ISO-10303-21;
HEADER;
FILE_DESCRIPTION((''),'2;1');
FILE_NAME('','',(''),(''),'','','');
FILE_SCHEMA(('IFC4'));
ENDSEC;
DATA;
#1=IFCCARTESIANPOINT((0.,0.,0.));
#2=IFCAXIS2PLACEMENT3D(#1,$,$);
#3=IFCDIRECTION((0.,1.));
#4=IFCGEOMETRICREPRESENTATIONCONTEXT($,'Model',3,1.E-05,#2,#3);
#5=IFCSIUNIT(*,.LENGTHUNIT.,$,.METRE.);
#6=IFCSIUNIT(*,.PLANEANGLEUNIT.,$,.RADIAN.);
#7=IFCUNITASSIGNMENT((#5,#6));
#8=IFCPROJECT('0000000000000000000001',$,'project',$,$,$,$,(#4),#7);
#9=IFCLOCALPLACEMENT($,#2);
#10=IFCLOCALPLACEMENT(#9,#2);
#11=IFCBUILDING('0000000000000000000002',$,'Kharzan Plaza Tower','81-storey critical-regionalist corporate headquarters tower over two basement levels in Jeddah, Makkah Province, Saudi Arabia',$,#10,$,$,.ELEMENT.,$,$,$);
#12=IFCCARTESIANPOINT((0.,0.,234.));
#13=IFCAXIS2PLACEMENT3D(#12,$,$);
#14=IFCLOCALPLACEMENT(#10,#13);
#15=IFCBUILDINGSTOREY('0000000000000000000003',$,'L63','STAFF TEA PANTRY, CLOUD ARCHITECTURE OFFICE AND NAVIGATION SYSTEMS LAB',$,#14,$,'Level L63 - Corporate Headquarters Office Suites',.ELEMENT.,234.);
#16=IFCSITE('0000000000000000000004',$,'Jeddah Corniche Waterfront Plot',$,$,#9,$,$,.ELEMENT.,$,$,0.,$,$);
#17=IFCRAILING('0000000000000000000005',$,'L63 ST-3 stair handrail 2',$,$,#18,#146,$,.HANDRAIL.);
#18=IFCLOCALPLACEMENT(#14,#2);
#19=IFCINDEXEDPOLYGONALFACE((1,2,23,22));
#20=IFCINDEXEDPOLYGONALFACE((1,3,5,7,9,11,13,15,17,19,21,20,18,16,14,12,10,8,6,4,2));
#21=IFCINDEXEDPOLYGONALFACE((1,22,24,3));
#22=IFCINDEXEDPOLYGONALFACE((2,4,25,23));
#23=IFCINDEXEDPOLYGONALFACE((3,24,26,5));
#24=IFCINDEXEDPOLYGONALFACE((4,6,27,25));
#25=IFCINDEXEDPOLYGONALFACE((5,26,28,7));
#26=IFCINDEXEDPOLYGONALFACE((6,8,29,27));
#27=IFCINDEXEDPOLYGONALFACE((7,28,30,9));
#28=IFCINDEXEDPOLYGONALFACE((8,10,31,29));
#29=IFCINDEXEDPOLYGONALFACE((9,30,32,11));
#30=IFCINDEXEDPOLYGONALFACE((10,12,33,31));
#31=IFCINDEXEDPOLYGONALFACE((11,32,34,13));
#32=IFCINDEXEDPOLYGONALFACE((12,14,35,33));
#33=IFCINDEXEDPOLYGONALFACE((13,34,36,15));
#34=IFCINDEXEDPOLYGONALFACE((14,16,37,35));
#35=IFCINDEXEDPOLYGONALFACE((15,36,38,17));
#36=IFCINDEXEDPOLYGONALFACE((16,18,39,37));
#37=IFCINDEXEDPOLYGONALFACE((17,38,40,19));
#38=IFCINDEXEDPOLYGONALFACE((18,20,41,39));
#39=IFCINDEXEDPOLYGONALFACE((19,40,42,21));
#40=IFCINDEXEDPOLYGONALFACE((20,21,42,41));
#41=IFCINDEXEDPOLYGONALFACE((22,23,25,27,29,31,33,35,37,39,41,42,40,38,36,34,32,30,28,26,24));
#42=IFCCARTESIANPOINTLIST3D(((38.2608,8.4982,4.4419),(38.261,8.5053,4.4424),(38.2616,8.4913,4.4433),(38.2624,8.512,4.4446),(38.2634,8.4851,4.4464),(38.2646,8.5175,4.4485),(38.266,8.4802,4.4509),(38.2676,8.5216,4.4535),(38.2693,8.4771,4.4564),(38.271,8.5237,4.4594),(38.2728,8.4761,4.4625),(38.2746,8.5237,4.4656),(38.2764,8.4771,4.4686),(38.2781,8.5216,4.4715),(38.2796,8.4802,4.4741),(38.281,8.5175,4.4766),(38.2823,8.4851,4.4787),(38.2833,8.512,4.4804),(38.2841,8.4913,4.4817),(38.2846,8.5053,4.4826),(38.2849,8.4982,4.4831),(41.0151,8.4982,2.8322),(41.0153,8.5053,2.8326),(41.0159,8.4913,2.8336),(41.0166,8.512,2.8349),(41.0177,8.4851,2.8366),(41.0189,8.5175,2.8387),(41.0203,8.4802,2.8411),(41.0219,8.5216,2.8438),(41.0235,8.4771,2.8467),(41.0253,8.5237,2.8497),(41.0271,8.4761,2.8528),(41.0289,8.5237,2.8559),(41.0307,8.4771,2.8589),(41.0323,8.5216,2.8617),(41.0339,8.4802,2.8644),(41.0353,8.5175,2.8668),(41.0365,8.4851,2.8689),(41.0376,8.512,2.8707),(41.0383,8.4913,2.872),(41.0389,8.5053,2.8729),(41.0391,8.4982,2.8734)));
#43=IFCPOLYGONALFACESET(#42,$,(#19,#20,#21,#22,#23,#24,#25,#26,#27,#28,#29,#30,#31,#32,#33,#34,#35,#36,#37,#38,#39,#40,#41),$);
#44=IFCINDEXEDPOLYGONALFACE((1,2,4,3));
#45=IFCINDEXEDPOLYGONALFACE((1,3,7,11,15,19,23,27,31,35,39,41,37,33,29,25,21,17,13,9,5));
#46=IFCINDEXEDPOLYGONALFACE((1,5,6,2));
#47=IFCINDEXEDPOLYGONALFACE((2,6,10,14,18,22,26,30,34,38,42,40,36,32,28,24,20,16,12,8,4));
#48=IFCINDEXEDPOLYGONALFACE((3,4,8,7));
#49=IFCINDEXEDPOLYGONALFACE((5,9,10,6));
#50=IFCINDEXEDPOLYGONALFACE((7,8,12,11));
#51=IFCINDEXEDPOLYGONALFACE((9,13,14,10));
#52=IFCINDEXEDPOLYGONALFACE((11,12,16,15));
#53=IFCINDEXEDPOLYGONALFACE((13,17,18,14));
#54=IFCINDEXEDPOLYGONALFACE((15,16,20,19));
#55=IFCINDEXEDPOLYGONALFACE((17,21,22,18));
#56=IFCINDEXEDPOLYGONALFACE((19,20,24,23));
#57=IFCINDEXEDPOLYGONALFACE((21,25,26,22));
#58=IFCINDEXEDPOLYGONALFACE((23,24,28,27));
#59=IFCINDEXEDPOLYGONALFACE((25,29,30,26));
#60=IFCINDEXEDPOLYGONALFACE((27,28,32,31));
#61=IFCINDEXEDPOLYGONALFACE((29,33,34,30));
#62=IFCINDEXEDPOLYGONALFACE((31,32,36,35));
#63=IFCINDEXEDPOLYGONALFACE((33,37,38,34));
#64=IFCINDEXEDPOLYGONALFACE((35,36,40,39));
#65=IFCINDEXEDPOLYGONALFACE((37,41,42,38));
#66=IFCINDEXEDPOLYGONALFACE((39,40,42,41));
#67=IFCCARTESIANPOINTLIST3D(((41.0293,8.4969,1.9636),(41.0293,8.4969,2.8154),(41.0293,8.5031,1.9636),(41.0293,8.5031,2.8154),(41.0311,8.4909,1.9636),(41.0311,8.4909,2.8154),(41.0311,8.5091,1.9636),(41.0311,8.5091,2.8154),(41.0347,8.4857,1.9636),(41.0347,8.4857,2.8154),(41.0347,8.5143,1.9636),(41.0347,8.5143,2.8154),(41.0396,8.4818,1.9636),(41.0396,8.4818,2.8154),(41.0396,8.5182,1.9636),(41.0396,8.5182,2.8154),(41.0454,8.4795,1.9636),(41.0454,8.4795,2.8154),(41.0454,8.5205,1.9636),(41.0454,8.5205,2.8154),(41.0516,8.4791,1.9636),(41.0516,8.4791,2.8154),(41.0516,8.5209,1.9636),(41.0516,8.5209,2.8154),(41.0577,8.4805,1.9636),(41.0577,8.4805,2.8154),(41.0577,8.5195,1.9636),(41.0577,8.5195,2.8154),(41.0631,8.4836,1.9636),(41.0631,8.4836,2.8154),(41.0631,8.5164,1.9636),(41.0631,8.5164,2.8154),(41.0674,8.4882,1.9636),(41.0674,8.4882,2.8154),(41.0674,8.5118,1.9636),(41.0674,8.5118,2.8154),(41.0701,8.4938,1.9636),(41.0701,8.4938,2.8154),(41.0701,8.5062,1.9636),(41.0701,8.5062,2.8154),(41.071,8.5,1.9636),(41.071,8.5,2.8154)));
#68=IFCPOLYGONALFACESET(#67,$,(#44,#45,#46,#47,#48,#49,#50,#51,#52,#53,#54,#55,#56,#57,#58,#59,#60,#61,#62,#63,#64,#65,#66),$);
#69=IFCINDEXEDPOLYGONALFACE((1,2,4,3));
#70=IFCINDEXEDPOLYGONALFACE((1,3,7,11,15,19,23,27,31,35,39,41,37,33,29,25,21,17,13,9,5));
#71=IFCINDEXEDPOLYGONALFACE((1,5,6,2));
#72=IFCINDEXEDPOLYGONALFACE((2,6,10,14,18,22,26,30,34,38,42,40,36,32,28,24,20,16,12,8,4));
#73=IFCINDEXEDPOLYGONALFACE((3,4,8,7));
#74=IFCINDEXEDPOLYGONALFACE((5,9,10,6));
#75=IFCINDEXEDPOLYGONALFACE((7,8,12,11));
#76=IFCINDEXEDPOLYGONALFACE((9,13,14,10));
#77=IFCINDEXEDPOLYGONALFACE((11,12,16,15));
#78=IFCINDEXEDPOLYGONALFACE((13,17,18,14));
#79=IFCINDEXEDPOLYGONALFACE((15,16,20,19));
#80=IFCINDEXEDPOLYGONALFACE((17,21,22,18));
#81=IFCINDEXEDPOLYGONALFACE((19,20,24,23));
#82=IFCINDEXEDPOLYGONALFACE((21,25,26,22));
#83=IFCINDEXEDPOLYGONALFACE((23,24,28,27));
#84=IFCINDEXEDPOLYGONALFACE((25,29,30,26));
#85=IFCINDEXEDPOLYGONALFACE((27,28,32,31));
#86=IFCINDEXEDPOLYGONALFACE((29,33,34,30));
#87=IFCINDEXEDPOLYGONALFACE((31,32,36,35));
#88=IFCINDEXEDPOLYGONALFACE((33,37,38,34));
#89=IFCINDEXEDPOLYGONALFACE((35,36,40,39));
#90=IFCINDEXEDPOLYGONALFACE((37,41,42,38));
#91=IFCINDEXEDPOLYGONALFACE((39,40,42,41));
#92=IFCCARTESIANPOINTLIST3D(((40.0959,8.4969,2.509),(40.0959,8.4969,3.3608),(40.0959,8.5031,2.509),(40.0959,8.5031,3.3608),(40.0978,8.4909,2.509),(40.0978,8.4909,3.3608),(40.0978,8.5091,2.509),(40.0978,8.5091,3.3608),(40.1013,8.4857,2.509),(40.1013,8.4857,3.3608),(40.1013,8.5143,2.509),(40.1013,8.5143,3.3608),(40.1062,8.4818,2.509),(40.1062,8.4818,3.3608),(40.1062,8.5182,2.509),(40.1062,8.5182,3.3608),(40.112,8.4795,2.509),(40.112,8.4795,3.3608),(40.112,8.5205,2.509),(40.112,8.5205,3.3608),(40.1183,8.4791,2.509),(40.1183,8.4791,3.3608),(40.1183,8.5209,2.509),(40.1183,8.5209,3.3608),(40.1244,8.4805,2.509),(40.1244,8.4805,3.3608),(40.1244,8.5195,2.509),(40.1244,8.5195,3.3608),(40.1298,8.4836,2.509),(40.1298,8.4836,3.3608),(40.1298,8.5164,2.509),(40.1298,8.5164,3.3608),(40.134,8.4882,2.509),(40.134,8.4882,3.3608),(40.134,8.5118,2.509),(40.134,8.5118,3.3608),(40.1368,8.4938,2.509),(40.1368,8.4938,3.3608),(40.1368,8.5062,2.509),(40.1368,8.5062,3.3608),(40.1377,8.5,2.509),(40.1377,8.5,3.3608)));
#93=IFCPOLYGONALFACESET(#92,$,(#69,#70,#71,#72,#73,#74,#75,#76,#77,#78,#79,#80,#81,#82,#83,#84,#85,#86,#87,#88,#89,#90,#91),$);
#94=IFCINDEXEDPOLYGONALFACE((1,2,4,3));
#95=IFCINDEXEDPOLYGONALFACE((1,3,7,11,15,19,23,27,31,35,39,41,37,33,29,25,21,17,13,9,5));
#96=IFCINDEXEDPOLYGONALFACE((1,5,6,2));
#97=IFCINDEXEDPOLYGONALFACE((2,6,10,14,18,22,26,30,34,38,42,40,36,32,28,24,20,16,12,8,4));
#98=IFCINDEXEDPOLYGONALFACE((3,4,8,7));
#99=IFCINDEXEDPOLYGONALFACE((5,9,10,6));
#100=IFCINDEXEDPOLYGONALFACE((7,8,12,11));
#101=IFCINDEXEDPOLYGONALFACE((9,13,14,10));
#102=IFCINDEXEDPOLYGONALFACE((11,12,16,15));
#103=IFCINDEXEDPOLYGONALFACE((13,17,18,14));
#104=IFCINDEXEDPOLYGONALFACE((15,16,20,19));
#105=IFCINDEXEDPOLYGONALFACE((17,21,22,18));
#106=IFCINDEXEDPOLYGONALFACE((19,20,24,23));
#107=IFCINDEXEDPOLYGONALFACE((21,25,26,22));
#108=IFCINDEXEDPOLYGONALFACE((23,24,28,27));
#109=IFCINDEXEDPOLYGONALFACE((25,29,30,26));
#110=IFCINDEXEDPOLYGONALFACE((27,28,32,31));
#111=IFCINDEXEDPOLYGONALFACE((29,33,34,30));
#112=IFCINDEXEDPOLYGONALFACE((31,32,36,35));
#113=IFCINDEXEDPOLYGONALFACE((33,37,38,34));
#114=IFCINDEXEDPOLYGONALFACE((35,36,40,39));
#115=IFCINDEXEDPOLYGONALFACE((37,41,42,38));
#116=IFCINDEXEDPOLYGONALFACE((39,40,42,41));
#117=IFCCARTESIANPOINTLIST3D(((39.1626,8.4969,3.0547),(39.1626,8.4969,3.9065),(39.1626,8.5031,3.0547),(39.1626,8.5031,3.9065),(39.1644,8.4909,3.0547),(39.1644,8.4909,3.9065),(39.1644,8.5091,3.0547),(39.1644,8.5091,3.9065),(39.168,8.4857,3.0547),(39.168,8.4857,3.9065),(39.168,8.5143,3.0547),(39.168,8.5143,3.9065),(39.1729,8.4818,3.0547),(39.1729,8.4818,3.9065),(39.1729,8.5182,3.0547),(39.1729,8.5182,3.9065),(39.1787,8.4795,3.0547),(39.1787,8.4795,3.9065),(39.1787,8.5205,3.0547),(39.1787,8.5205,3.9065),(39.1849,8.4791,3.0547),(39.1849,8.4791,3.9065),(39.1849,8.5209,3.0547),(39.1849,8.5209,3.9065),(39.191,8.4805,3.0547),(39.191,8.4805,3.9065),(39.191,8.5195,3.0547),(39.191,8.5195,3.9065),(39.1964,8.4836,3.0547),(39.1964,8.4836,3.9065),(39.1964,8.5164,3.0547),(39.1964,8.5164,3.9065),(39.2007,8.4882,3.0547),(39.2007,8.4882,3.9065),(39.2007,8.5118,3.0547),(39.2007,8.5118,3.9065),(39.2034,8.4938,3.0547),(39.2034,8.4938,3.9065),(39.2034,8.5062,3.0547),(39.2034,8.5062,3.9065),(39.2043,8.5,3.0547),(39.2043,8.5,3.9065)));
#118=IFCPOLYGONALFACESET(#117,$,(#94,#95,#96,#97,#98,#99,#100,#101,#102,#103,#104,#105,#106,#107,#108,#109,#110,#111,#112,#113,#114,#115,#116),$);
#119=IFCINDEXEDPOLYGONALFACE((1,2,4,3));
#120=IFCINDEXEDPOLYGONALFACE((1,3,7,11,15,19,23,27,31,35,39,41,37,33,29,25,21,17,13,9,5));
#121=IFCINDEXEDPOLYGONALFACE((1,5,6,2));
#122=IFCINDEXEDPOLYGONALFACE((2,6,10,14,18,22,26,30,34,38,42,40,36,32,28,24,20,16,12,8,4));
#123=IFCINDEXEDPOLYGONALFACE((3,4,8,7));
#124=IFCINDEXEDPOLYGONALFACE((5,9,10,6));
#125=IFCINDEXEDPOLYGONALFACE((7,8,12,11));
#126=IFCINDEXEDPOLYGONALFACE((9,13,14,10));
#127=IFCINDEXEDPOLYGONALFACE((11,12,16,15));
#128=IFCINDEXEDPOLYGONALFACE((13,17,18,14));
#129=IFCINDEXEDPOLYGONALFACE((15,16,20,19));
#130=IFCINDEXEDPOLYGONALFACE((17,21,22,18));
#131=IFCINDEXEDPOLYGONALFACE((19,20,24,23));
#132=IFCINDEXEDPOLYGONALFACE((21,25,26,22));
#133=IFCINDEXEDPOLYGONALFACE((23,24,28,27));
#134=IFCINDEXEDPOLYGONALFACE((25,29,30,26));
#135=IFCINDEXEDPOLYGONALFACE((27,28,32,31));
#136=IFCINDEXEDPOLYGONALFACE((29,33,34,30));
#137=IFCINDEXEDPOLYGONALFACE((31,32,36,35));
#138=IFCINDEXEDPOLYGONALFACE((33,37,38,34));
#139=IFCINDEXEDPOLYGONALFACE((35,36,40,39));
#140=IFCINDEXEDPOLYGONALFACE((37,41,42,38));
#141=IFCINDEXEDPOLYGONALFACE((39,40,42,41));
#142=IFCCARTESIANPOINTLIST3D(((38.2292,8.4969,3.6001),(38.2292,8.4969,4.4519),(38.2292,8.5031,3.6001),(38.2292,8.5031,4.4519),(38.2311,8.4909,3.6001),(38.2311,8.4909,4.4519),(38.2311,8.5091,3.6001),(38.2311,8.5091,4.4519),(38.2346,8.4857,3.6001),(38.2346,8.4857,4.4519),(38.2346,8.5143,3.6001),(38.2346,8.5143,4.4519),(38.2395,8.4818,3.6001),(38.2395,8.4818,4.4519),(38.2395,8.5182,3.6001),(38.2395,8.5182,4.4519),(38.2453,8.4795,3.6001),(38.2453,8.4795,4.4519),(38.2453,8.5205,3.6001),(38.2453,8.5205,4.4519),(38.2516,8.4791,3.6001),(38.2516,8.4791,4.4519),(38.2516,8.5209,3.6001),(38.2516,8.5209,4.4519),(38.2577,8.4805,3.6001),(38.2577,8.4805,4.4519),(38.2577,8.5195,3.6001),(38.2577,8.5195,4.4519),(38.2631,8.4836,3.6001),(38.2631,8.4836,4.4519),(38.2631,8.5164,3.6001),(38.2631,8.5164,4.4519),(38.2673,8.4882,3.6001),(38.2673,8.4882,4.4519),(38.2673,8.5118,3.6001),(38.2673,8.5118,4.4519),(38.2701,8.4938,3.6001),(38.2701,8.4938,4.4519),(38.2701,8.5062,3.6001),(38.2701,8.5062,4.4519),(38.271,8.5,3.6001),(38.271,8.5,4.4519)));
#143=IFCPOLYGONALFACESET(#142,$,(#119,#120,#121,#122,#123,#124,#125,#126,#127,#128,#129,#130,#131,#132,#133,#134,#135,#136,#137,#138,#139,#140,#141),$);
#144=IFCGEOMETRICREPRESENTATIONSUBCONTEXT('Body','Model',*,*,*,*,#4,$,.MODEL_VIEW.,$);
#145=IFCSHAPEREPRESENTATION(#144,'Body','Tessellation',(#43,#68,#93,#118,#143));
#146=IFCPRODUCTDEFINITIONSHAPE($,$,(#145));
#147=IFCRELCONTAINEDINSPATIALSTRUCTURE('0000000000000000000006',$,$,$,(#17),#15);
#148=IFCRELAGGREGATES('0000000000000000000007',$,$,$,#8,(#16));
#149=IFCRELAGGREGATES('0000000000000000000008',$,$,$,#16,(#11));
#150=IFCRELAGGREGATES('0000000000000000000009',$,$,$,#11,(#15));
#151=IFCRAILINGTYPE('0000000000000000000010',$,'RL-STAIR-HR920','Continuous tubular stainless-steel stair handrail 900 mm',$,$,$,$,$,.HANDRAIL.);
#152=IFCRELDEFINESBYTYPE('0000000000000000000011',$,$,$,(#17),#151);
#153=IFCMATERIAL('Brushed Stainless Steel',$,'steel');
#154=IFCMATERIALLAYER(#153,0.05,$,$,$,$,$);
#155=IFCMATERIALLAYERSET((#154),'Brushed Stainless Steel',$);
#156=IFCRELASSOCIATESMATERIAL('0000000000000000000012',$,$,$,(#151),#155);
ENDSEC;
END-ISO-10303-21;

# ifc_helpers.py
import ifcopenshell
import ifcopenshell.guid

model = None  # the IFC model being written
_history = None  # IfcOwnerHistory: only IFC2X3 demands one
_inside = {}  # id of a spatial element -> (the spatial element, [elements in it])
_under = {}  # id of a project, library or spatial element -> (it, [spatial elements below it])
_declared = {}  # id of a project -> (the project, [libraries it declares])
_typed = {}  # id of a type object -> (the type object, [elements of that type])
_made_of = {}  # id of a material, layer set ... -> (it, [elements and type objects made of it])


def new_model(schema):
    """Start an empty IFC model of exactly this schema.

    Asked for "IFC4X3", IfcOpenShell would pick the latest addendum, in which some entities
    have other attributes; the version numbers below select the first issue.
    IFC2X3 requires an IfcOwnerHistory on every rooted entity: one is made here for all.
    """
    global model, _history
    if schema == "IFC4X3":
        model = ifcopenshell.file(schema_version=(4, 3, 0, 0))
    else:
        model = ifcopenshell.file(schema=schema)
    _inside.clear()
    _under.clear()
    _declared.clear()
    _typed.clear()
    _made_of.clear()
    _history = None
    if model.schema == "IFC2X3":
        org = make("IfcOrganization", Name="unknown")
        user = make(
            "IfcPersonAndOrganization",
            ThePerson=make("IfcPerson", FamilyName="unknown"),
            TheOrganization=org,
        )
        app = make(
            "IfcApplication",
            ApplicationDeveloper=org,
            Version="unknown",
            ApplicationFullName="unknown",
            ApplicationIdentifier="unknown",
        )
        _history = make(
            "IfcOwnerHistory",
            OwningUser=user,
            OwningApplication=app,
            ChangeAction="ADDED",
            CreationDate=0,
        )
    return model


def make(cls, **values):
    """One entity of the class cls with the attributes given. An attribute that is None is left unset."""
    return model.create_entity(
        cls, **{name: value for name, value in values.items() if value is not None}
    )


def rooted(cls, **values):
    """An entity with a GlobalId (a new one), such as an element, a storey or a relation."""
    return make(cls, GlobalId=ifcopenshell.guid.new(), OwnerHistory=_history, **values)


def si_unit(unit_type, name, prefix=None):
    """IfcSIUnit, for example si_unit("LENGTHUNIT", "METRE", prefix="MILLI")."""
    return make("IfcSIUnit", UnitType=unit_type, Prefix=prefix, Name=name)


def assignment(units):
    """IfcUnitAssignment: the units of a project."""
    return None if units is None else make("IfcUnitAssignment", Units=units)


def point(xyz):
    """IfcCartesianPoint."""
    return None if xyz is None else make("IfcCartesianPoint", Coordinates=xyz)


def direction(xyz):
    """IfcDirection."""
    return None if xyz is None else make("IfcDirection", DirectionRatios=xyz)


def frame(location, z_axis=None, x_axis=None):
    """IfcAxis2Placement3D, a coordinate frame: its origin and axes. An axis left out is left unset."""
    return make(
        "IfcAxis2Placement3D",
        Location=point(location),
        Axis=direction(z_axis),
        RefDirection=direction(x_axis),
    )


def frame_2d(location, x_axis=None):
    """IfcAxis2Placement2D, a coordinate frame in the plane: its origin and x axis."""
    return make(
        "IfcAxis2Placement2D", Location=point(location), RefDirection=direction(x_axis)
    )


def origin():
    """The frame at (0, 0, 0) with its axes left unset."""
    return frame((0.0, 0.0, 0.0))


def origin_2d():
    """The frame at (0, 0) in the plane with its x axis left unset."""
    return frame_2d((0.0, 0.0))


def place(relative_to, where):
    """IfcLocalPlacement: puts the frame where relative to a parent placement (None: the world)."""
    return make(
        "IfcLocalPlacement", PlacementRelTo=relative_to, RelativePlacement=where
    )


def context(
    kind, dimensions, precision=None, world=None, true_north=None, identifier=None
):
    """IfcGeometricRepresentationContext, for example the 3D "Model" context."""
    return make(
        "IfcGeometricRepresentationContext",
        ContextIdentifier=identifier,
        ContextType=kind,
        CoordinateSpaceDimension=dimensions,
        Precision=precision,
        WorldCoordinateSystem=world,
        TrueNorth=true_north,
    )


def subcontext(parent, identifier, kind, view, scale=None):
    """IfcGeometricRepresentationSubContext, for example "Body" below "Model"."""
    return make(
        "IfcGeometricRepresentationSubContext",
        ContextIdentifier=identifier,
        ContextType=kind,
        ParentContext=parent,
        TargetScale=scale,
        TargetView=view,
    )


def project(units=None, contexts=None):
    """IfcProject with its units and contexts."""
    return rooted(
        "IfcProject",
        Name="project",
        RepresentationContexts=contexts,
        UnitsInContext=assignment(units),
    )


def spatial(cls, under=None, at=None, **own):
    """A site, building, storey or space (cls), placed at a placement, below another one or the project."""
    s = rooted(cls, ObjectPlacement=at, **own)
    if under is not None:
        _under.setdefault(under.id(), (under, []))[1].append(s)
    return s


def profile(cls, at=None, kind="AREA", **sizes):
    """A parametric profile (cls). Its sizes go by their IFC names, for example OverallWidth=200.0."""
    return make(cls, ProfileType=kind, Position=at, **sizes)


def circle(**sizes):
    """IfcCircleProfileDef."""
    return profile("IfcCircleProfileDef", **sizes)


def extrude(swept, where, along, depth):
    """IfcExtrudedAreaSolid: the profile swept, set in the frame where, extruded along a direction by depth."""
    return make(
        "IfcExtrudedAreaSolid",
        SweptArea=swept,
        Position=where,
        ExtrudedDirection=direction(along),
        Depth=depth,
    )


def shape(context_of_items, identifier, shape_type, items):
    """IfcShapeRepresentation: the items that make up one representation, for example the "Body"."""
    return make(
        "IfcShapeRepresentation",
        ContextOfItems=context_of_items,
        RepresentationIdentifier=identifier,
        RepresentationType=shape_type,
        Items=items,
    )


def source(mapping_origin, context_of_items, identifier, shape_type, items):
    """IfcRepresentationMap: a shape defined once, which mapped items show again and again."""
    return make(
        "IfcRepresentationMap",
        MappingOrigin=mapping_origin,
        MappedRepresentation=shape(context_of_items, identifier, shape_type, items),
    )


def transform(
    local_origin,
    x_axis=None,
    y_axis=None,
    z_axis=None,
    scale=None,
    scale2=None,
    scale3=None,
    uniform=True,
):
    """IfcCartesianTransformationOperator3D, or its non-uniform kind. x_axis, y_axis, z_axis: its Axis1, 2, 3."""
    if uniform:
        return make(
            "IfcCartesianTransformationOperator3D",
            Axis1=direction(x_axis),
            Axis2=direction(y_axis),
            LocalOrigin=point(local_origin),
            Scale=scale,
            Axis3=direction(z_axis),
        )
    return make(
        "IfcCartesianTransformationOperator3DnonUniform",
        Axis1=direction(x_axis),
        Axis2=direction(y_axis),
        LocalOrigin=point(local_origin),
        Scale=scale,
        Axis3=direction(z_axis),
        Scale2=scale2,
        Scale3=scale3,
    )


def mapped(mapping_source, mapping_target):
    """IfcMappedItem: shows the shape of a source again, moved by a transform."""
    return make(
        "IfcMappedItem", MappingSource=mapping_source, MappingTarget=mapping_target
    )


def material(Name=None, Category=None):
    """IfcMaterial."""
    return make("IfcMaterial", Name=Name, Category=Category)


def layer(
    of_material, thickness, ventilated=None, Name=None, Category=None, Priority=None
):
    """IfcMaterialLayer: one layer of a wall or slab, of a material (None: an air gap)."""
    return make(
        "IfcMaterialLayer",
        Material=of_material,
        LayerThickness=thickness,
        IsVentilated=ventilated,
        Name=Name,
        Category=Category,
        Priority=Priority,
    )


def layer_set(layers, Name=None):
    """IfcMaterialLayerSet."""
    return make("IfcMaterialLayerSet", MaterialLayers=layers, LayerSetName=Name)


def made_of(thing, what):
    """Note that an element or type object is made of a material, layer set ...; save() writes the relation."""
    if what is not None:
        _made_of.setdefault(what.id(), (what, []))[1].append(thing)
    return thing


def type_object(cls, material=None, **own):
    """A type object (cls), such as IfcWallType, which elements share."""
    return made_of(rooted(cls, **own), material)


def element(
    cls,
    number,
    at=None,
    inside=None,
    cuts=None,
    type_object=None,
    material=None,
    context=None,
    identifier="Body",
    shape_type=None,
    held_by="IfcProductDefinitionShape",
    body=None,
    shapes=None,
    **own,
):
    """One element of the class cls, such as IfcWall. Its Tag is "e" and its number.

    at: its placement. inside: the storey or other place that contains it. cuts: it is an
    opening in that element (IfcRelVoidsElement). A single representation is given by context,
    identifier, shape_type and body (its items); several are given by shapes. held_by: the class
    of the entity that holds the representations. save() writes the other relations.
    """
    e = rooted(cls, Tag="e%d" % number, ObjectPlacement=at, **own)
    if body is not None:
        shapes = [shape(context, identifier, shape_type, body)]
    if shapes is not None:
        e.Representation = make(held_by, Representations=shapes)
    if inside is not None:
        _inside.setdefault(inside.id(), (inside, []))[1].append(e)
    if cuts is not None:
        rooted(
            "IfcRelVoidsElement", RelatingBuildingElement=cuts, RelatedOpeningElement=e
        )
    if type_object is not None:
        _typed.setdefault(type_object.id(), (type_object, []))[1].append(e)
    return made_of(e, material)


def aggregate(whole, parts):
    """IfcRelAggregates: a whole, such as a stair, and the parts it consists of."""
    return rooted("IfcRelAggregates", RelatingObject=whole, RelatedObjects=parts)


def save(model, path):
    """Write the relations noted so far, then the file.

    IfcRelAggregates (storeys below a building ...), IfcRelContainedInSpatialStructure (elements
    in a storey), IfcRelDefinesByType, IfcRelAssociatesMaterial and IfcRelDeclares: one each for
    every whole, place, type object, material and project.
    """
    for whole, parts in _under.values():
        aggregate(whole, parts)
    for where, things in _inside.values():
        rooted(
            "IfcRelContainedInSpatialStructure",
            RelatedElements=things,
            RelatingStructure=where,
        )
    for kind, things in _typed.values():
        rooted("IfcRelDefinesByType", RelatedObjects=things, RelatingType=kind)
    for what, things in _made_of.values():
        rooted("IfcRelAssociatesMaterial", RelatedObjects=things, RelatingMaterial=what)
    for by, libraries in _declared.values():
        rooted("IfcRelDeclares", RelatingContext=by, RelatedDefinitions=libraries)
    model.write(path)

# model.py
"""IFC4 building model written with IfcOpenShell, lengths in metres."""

from ifc_helpers import new_model, si_unit, direction, frame, origin, origin_2d, place, context, subcontext, project, spatial, circle, extrude, source, transform, mapped, material, layer, layer_set, type_object, element, save


model = new_model("IFC4")

# Units and contexts
model_context = context("Model", 3, precision=1e-05, world=origin(), true_north=direction((0.0, 1.0)))
body_context = subcontext(model_context, "Body", "Model", "MODEL_VIEW")
ifc_project = project(units=[si_unit("LENGTHUNIT", "METRE"), si_unit("PLANEANGLEUNIT", "RADIAN")], contexts=[model_context])

# Site, building, storey
site_placement = place(None, origin())
site = spatial("IfcSite", under=ifc_project, at=site_placement, Name="Jeddah Corniche Waterfront Plot", CompositionType="ELEMENT", RefElevation=0.0)
building_placement = place(site_placement, origin())
building = spatial("IfcBuilding", under=site, at=building_placement, Name="Kharzan Plaza Tower", Description="81-storey critical-regionalist corporate headquarters tower over two basement levels in Jeddah, Makkah Province, Saudi Arabia", CompositionType="ELEMENT")
storey_placement = place(building_placement, frame((0.0, 0.0, 234.0)))
storey = spatial("IfcBuildingStorey", under=building, at=storey_placement, Name="L63", Description="STAFF TEA PANTRY, CLOUD ARCHITECTURE OFFICE AND NAVIGATION SYSTEMS LAB", LongName="Level L63 - Corporate Headquarters Office Suites", CompositionType="ELEMENT", Elevation=234.0)

# Shared definitions
ifc_material_1 = material(Name="Brushed Stainless Steel", Category="steel")

# Railing
ifc_layer_1 = layer(ifc_material_1, 0.05)
ifc_layer_set_1 = layer_set([ifc_layer_1], Name="Brushed Stainless Steel")
railing_type_1 = type_object("IfcRailingType", Name="RL-STAIR-HR920", Description="Continuous tubular stainless-steel stair handrail 900 mm", PredefinedType="HANDRAIL", material=ifc_layer_set_1)
shared_shape_1 = source(origin(), body_context, "Body", "SweptSolid", [
    extrude(circle(Radius=0.0239, at=origin_2d()), frame((-0.0229, 0.0, 0.8892), z_axis=(-0.863361, 0.0, 0.504587), x_axis=(0.0, -1.0, 0.0)), (0.0, 0.0, 1.0), 3.1902),
    extrude(circle(Radius=0.021, at=origin_2d()), origin(), (0.0, 0.0, 1.0), 0.8518),
    extrude(circle(Radius=0.021, at=origin_2d()), frame((-0.9333, 0.0, 0.5454)), (0.0, 0.0, 1.0), 0.8518),
    extrude(circle(Radius=0.021, at=origin_2d()), frame((-1.8667, 0.0, 1.0911)), (0.0, 0.0, 1.0), 0.8518),
    extrude(circle(Radius=0.021, at=origin_2d()), frame((-2.8, 0.0, 1.6365)), (0.0, 0.0, 1.0), 0.8518),
])
railing_1_placement = place(storey_placement, frame((41.05, 8.5, 1.9636)))
element("IfcRailing", 1, at=railing_1_placement, inside=storey, type_object=railing_type_1, Name="L63 ST-3 stair handrail 2", PredefinedType="HANDRAIL", context=body_context, shape_type="MappedRepresentation", body=[
    mapped(shared_shape_1, transform((0.0, 0.0, 0.0), x_axis=(1.0, 0.0, 0.0), y_axis=(0.0, 1.0, 0.0), z_axis=(0.0, 0.0, 1.0))),
])

save(model, "model.ifc")
